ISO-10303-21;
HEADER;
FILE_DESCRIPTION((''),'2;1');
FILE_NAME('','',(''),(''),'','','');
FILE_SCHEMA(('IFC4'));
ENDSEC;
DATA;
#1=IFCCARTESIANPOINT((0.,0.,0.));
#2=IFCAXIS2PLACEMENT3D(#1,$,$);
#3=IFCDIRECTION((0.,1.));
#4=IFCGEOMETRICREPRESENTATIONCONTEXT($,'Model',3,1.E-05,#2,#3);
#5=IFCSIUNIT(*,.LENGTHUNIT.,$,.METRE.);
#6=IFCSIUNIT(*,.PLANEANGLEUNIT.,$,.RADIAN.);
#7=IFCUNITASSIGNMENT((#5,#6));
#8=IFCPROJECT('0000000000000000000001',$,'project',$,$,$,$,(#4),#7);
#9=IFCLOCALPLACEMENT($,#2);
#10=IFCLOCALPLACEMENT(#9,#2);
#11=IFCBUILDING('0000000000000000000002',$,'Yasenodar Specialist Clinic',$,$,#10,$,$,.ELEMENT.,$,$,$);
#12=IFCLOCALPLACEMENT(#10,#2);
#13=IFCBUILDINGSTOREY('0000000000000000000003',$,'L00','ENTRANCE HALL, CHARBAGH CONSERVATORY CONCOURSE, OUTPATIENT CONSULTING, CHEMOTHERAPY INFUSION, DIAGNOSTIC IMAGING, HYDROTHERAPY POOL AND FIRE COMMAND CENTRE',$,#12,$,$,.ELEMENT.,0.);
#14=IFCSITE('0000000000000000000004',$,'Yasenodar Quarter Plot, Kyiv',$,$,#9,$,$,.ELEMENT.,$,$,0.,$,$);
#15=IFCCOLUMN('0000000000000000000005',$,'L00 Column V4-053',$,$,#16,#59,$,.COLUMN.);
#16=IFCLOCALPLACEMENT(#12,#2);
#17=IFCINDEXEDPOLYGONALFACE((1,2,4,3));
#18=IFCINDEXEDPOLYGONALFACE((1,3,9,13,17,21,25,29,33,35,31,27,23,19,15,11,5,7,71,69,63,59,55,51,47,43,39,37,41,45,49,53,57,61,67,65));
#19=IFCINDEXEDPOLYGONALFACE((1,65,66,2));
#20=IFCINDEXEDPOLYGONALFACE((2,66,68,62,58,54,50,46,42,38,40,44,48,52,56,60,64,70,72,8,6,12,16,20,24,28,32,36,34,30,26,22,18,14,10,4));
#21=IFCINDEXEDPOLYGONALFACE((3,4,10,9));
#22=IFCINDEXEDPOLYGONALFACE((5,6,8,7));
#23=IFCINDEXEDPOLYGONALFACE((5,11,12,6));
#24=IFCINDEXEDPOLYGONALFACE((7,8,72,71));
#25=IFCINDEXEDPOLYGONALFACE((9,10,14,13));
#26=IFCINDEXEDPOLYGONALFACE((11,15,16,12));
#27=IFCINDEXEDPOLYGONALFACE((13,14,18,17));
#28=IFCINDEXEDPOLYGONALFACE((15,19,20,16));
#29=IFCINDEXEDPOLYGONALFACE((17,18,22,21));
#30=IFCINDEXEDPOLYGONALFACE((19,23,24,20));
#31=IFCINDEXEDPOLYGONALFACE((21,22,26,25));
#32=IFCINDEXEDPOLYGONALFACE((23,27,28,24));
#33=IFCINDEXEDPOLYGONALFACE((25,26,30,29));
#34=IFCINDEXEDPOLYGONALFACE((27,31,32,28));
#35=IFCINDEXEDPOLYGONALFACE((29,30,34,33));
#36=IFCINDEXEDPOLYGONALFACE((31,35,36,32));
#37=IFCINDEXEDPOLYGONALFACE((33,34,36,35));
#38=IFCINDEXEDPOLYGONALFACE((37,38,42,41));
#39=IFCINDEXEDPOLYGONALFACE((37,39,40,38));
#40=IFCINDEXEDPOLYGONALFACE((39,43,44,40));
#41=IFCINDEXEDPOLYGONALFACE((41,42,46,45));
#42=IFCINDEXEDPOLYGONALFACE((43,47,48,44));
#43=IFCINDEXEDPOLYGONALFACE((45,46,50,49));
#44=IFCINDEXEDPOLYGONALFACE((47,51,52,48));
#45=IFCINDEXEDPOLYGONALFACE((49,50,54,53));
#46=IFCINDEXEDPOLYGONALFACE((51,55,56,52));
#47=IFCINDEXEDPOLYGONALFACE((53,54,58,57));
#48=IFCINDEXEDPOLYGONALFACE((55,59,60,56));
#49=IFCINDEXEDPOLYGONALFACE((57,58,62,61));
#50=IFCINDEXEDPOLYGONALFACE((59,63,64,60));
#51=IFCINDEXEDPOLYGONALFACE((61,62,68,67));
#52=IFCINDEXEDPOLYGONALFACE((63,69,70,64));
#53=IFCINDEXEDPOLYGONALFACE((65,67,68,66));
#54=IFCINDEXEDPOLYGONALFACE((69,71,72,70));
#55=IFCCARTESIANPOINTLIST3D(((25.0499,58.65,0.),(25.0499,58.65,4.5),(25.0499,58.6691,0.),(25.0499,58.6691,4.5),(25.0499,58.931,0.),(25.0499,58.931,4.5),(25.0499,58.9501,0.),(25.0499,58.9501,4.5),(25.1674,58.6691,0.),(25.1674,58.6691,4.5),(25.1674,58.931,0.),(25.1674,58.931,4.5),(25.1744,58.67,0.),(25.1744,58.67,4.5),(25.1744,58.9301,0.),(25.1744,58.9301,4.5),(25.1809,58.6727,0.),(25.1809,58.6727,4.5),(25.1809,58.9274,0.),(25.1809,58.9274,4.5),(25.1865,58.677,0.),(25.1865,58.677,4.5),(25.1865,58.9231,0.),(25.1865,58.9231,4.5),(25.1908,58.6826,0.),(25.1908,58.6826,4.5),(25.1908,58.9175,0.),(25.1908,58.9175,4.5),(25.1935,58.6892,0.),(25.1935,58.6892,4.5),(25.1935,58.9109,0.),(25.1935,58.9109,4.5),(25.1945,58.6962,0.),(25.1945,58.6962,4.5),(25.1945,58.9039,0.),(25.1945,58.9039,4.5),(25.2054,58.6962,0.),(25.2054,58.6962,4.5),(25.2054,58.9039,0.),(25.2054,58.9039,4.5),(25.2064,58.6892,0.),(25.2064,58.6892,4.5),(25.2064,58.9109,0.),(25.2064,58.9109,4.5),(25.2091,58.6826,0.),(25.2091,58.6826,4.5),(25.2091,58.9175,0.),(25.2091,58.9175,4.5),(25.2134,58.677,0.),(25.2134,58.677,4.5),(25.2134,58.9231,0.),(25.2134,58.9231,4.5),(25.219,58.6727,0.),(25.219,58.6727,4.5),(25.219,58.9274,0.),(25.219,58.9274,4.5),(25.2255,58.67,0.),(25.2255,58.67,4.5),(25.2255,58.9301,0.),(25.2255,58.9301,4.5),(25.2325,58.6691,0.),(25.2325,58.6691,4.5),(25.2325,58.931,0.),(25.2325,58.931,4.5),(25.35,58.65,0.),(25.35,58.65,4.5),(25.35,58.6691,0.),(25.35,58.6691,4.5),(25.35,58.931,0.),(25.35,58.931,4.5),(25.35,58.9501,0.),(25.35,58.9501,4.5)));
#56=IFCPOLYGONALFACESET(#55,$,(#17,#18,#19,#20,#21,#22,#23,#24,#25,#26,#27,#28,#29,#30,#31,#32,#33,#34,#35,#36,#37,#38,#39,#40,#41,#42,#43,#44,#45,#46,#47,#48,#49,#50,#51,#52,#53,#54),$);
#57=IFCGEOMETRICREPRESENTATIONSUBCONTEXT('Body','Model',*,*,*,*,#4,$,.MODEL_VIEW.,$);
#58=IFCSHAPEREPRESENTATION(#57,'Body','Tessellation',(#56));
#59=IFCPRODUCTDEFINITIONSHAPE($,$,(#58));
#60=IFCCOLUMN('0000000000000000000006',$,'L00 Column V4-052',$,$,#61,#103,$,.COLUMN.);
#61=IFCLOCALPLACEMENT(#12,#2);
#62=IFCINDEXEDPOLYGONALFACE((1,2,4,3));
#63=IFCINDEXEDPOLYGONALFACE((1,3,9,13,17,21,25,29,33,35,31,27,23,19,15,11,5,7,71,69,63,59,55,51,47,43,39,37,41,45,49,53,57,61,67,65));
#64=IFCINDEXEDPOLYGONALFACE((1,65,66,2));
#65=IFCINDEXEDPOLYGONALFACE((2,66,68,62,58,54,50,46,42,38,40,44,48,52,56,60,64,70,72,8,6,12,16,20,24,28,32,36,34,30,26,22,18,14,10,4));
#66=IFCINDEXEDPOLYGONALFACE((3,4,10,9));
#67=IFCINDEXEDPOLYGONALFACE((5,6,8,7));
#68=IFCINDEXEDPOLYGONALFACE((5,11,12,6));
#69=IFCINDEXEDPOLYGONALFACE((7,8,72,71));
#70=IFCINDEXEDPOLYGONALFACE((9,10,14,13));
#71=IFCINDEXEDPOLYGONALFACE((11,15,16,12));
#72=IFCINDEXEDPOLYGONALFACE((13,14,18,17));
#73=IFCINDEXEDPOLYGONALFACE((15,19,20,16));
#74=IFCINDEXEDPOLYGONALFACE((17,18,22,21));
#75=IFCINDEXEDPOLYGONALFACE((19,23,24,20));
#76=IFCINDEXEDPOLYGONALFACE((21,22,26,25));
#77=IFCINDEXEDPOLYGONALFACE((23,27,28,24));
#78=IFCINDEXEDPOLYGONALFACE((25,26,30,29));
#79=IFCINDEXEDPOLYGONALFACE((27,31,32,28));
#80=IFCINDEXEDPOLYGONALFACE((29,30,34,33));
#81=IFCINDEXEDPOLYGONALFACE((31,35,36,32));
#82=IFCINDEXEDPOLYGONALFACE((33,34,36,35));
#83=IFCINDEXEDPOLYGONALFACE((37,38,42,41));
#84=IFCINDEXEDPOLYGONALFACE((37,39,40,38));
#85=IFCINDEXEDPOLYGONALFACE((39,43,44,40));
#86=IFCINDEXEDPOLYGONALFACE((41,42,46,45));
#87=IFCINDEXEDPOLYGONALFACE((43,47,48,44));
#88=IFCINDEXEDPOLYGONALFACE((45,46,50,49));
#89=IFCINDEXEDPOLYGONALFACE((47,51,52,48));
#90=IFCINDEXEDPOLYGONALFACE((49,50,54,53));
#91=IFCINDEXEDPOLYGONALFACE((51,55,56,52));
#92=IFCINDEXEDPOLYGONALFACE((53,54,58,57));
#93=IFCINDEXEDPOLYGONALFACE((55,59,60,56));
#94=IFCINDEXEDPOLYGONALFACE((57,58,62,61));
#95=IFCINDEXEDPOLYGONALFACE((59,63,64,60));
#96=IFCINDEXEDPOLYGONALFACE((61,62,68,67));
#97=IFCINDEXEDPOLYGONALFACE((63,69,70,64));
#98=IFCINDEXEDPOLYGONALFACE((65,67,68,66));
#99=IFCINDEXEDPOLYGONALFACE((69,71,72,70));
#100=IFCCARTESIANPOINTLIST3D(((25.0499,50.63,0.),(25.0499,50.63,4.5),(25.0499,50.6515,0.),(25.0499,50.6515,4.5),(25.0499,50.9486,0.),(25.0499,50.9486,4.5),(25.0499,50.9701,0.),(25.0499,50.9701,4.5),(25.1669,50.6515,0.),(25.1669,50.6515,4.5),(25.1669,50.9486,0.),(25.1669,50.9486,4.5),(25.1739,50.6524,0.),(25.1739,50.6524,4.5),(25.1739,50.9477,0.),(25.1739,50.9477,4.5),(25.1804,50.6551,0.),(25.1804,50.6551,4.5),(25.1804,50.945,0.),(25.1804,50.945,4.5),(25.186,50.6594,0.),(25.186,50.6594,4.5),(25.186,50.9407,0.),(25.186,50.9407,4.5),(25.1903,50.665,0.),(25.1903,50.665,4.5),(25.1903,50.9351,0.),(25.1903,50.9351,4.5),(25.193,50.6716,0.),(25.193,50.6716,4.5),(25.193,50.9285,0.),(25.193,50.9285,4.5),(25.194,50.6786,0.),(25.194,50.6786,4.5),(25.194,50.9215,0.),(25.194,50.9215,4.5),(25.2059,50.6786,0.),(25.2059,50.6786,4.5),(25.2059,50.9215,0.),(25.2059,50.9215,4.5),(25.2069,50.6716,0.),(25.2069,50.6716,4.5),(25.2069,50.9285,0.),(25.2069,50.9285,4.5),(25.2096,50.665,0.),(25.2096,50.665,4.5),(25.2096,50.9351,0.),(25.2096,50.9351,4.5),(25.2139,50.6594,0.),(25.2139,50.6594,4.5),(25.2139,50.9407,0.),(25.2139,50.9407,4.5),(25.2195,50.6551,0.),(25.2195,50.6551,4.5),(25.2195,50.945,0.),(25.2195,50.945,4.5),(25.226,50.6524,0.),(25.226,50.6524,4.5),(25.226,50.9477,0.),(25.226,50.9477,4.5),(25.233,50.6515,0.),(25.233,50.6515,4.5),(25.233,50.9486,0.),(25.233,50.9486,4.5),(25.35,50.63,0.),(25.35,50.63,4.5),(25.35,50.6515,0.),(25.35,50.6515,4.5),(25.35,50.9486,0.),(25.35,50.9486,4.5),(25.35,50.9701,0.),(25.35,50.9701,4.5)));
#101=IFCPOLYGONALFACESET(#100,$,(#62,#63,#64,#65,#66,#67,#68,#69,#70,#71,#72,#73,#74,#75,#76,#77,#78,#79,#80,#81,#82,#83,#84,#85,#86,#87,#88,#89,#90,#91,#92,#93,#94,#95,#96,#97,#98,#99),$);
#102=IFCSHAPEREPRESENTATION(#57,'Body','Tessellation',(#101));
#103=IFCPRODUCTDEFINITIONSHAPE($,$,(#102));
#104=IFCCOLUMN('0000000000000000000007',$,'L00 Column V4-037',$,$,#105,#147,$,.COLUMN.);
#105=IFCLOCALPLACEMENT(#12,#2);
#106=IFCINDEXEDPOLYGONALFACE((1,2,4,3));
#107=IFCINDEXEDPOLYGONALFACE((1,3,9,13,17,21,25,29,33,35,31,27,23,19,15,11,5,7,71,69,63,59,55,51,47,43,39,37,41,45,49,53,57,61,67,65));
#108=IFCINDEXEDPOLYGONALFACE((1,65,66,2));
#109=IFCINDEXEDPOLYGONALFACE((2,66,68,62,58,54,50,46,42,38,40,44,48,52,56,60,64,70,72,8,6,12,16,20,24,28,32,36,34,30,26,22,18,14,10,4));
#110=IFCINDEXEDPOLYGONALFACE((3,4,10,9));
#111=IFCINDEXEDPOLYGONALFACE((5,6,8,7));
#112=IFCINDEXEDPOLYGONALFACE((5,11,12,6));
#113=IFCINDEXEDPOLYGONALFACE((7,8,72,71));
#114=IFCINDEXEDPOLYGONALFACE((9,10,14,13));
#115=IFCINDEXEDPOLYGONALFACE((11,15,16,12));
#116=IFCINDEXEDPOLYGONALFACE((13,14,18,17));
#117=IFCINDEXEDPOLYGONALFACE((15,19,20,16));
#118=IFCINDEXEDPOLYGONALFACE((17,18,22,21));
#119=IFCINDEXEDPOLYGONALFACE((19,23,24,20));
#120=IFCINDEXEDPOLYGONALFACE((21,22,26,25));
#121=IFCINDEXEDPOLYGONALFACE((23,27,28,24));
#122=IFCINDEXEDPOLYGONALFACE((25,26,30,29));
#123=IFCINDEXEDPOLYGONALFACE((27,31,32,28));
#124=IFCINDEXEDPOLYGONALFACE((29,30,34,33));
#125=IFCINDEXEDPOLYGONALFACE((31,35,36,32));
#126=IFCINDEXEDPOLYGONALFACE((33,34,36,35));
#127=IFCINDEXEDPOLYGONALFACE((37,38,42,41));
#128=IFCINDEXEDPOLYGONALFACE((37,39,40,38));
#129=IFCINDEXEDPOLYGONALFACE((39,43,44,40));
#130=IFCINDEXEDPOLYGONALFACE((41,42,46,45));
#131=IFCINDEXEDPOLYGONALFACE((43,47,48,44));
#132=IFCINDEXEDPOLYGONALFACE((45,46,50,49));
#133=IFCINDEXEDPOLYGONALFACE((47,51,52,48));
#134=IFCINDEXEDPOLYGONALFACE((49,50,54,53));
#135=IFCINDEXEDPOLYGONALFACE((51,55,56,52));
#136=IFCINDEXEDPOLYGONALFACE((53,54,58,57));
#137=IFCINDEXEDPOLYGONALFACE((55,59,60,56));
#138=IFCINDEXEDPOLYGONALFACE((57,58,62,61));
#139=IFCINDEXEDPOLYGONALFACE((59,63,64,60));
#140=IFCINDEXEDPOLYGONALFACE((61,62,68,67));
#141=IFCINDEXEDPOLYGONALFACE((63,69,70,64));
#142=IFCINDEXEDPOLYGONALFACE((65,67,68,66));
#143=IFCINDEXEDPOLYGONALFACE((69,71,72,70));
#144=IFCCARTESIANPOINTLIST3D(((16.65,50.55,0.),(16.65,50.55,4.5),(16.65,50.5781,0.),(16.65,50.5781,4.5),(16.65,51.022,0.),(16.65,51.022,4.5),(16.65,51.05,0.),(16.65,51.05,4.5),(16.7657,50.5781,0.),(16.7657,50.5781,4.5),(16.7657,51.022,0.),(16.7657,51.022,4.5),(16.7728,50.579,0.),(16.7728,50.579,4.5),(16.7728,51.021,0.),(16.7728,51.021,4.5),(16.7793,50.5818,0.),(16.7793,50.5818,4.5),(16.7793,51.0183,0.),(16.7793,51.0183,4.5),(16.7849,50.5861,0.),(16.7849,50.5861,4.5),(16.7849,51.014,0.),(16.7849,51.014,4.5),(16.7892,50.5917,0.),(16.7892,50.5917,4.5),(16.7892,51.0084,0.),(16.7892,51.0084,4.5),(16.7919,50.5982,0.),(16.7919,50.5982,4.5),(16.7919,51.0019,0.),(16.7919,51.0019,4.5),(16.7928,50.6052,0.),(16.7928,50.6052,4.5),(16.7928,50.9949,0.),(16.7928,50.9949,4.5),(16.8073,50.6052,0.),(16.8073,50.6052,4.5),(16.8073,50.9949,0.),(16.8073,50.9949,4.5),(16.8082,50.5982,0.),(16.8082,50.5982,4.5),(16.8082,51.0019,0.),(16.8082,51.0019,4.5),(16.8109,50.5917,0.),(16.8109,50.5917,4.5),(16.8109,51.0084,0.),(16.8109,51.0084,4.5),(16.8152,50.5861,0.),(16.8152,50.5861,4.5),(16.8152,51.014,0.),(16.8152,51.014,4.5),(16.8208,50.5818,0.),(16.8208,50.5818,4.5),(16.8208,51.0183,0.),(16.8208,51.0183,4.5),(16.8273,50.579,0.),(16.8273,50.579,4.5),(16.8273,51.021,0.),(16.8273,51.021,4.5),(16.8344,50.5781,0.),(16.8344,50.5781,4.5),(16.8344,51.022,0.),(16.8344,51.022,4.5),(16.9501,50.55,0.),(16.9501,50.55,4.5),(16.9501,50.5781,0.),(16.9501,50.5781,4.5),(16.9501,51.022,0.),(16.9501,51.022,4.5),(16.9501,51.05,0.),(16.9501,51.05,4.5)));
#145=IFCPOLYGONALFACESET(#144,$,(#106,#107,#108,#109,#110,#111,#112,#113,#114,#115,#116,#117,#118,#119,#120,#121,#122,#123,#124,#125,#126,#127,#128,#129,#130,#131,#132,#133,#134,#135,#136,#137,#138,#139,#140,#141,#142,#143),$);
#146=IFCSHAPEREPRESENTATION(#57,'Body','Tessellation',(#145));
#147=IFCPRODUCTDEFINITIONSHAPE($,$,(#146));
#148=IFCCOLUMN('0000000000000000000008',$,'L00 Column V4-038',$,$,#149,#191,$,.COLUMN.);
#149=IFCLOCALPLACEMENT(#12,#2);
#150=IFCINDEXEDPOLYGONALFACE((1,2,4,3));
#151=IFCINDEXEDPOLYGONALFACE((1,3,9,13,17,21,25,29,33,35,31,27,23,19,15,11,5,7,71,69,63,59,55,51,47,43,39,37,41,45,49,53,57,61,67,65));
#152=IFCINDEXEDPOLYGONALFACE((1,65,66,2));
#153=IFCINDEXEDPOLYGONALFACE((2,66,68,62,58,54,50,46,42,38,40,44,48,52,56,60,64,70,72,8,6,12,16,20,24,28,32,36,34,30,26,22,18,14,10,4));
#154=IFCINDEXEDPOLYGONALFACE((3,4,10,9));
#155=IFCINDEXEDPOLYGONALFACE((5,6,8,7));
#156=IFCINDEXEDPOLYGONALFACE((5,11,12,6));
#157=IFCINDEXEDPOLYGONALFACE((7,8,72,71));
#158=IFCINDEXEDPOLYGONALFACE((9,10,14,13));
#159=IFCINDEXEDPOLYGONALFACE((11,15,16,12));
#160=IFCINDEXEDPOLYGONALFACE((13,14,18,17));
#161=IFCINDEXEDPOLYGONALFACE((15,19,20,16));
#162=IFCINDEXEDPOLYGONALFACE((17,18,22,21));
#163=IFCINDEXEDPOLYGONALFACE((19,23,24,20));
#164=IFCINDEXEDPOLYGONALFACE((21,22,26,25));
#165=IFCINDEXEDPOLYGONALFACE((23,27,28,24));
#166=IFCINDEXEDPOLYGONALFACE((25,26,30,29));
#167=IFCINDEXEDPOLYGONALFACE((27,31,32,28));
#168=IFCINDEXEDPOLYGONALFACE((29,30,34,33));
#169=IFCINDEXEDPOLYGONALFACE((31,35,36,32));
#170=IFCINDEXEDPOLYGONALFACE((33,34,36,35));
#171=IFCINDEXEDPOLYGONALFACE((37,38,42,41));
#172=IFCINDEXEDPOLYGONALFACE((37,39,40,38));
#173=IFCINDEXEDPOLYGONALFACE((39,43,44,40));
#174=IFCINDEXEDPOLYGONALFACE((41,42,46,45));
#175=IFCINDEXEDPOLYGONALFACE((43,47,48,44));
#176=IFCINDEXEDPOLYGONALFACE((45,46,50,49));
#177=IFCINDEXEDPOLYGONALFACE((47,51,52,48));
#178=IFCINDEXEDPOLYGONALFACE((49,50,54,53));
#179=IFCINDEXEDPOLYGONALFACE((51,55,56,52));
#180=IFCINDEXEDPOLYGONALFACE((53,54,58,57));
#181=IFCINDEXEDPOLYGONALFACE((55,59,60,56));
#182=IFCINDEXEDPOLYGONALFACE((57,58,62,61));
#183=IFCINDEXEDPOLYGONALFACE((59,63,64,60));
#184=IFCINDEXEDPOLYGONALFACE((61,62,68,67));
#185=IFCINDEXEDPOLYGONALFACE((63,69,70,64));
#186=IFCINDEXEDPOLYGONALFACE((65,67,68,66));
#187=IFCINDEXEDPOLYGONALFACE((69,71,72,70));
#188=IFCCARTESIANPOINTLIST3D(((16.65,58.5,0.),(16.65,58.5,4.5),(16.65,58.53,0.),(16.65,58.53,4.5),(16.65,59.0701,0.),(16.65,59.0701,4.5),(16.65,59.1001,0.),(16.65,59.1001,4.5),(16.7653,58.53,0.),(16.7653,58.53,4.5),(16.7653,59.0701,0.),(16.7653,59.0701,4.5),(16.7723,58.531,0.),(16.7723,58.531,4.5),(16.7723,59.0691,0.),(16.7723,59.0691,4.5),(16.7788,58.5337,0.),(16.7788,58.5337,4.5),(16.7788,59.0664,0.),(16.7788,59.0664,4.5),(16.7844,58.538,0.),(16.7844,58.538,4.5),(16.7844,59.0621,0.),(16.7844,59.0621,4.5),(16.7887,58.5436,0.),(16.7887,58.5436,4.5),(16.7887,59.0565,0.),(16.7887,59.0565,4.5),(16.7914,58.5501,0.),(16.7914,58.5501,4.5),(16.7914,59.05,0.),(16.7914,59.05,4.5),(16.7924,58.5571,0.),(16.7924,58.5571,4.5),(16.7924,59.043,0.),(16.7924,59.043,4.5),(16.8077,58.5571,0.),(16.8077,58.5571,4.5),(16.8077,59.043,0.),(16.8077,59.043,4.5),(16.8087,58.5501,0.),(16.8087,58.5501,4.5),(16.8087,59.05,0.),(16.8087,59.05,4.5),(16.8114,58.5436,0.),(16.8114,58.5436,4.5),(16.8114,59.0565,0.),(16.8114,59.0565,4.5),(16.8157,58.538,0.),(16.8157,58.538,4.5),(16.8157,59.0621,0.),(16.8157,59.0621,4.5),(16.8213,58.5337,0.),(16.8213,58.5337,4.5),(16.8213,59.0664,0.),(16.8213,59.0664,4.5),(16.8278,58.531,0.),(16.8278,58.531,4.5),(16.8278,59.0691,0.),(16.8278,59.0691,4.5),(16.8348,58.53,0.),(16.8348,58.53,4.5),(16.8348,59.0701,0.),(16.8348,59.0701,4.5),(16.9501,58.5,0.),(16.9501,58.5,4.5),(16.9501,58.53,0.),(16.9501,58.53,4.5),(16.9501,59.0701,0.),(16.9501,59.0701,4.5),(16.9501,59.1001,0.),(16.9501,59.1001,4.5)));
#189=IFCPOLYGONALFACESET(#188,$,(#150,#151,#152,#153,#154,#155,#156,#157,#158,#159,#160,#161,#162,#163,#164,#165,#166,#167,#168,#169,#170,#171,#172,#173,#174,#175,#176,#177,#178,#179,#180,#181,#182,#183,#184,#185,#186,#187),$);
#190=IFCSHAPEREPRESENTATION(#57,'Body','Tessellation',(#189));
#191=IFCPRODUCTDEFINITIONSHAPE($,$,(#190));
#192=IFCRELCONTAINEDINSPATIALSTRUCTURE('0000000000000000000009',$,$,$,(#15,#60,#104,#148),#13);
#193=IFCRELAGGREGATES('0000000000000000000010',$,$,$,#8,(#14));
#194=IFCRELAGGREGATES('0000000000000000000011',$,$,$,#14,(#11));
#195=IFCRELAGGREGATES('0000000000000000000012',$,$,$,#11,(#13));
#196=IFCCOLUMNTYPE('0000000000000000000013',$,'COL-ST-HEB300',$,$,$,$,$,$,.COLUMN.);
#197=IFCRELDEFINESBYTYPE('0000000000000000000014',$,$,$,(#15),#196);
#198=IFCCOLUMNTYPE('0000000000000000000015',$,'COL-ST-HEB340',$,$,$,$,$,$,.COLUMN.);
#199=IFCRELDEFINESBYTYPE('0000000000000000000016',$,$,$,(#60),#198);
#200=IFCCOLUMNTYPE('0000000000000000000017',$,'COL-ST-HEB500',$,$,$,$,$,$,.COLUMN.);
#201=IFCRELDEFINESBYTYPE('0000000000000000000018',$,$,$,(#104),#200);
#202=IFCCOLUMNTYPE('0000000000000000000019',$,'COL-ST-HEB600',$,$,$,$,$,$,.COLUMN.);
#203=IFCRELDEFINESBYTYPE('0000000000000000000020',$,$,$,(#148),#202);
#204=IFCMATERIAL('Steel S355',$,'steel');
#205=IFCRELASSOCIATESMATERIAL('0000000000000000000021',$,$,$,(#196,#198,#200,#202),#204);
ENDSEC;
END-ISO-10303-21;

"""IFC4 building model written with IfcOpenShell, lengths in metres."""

from ifc_helpers import new_model, si_unit, direction, frame, origin, origin_2d, place, context, subcontext, project, spatial, i_section, extrude, material, material_profile, profile_set, type_object, element, save


model = new_model("IFC4")

# Units and contexts
model_context = context("Model", 3, precision=1e-05, world=origin(), true_north=direction((0.0, 1.0)))
body_context = subcontext(model_context, "Body", "Model", "MODEL_VIEW")
ifc_project = project(units=[si_unit("LENGTHUNIT", "METRE"), si_unit("PLANEANGLEUNIT", "RADIAN")], contexts=[model_context])

# Site, building, storey
site_placement = place(None, origin())
site = spatial("IfcSite", under=ifc_project, at=site_placement, Name="Yasenodar Quarter Plot, Kyiv", CompositionType="ELEMENT", RefElevation=0.0)
building_placement = place(site_placement, origin())
building = spatial("IfcBuilding", under=site, at=building_placement, Name="Yasenodar Specialist Clinic", CompositionType="ELEMENT")
storey_placement = place(building_placement, origin())
storey = spatial("IfcBuildingStorey", under=building, at=storey_placement, Name="L00", Description="ENTRANCE HALL, CHARBAGH CONSERVATORY CONCOURSE, OUTPATIENT CONSULTING, CHEMOTHERAPY INFUSION, DIAGNOSTIC IMAGING, HYDROTHERAPY POOL AND FIRE COMMAND CENTRE", CompositionType="ELEMENT", Elevation=0.0)

# Columns
ifc_material_1 = material(Name="Steel S355", Category="steel")
ifc_material_profile_1 = material_profile(ifc_material_1, i_section(OverallWidth=0.3, OverallDepth=0.3, WebThickness=0.011, FlangeThickness=0.019, FilletRadius=0.0271, at=origin_2d()), Name="HEB 300")
ifc_profile_set_1 = profile_set([ifc_material_profile_1], Name="Steel S355")
column_type_1 = type_object("IfcColumnType", Name="COL-ST-HEB300", PredefinedType="COLUMN", material=ifc_profile_set_1)
column_1_placement = place(storey_placement, frame((25.2, 58.8, 0.0), z_axis=(0.0, 0.0, 1.0), x_axis=(1.0, 0.0, 0.0)))
element("IfcColumn", 1, at=column_1_placement, inside=storey, type_object=column_type_1, Name="L00 Column V4-053", PredefinedType="COLUMN", context=body_context, shape_type="SweptSolid", body=[
    extrude(i_section(OverallWidth=0.3, OverallDepth=0.3, WebThickness=0.011, FlangeThickness=0.019, FilletRadius=0.0271, at=origin_2d()), origin(), (0.0, 0.0, 1.0), 4.5),
])
ifc_material_profile_2 = material_profile(ifc_material_1, i_section(OverallWidth=0.3, OverallDepth=0.3401, WebThickness=0.012, FlangeThickness=0.0215, FilletRadius=0.0271, at=origin_2d()), Name="HEB 340")
ifc_profile_set_2 = profile_set([ifc_material_profile_2], Name="Steel S355")
column_type_2 = type_object("IfcColumnType", Name="COL-ST-HEB340", PredefinedType="COLUMN", material=ifc_profile_set_2)
column_2_placement = place(storey_placement, frame((25.2, 50.8, 0.0), z_axis=(0.0, 0.0, 1.0), x_axis=(1.0, 0.0, 0.0)))
element("IfcColumn", 2, at=column_2_placement, inside=storey, type_object=column_type_2, Name="L00 Column V4-052", PredefinedType="COLUMN", context=body_context, shape_type="SweptSolid", body=[
    extrude(i_section(OverallWidth=0.3, OverallDepth=0.3401, WebThickness=0.012, FlangeThickness=0.0215, FilletRadius=0.0271, at=origin_2d()), origin(), (0.0, 0.0, 1.0), 4.5),
])
ifc_material_profile_3 = material_profile(ifc_material_1, i_section(OverallWidth=0.3, OverallDepth=0.5, WebThickness=0.0144, FlangeThickness=0.0281, FilletRadius=0.0271, at=origin_2d()), Name="HEB 500")
ifc_profile_set_3 = profile_set([ifc_material_profile_3], Name="Steel S355")
column_type_3 = type_object("IfcColumnType", Name="COL-ST-HEB500", PredefinedType="COLUMN", material=ifc_profile_set_3)
column_3_placement = place(storey_placement, frame((16.8, 50.8, 0.0), z_axis=(0.0, 0.0, 1.0), x_axis=(1.0, 0.0, 0.0)))
element("IfcColumn", 3, at=column_3_placement, inside=storey, type_object=column_type_3, Name="L00 Column V4-037", PredefinedType="COLUMN", context=body_context, shape_type="SweptSolid", body=[
    extrude(i_section(OverallWidth=0.3, OverallDepth=0.5, WebThickness=0.0144, FlangeThickness=0.0281, FilletRadius=0.0271, at=origin_2d()), origin(), (0.0, 0.0, 1.0), 4.5),
])
ifc_material_profile_4 = material_profile(ifc_material_1, i_section(OverallWidth=0.3, OverallDepth=0.6001, WebThickness=0.0154, FlangeThickness=0.03, FilletRadius=0.0271, at=origin_2d()), Name="HEB 600")
ifc_profile_set_4 = profile_set([ifc_material_profile_4], Name="Steel S355")
column_type_4 = type_object("IfcColumnType", Name="COL-ST-HEB600", PredefinedType="COLUMN", material=ifc_profile_set_4)
column_4_placement = place(storey_placement, frame((16.8, 58.8, 0.0), z_axis=(0.0, 0.0, 1.0), x_axis=(1.0, 0.0, 0.0)))
element("IfcColumn", 4, at=column_4_placement, inside=storey, type_object=column_type_4, Name="L00 Column V4-038", PredefinedType="COLUMN", context=body_context, shape_type="SweptSolid", body=[
    extrude(i_section(OverallWidth=0.3, OverallDepth=0.6001, WebThickness=0.0154, FlangeThickness=0.03, FilletRadius=0.0271, at=origin_2d()), origin(), (0.0, 0.0, 1.0), 4.5),
])

save(model, "model.ifc")
